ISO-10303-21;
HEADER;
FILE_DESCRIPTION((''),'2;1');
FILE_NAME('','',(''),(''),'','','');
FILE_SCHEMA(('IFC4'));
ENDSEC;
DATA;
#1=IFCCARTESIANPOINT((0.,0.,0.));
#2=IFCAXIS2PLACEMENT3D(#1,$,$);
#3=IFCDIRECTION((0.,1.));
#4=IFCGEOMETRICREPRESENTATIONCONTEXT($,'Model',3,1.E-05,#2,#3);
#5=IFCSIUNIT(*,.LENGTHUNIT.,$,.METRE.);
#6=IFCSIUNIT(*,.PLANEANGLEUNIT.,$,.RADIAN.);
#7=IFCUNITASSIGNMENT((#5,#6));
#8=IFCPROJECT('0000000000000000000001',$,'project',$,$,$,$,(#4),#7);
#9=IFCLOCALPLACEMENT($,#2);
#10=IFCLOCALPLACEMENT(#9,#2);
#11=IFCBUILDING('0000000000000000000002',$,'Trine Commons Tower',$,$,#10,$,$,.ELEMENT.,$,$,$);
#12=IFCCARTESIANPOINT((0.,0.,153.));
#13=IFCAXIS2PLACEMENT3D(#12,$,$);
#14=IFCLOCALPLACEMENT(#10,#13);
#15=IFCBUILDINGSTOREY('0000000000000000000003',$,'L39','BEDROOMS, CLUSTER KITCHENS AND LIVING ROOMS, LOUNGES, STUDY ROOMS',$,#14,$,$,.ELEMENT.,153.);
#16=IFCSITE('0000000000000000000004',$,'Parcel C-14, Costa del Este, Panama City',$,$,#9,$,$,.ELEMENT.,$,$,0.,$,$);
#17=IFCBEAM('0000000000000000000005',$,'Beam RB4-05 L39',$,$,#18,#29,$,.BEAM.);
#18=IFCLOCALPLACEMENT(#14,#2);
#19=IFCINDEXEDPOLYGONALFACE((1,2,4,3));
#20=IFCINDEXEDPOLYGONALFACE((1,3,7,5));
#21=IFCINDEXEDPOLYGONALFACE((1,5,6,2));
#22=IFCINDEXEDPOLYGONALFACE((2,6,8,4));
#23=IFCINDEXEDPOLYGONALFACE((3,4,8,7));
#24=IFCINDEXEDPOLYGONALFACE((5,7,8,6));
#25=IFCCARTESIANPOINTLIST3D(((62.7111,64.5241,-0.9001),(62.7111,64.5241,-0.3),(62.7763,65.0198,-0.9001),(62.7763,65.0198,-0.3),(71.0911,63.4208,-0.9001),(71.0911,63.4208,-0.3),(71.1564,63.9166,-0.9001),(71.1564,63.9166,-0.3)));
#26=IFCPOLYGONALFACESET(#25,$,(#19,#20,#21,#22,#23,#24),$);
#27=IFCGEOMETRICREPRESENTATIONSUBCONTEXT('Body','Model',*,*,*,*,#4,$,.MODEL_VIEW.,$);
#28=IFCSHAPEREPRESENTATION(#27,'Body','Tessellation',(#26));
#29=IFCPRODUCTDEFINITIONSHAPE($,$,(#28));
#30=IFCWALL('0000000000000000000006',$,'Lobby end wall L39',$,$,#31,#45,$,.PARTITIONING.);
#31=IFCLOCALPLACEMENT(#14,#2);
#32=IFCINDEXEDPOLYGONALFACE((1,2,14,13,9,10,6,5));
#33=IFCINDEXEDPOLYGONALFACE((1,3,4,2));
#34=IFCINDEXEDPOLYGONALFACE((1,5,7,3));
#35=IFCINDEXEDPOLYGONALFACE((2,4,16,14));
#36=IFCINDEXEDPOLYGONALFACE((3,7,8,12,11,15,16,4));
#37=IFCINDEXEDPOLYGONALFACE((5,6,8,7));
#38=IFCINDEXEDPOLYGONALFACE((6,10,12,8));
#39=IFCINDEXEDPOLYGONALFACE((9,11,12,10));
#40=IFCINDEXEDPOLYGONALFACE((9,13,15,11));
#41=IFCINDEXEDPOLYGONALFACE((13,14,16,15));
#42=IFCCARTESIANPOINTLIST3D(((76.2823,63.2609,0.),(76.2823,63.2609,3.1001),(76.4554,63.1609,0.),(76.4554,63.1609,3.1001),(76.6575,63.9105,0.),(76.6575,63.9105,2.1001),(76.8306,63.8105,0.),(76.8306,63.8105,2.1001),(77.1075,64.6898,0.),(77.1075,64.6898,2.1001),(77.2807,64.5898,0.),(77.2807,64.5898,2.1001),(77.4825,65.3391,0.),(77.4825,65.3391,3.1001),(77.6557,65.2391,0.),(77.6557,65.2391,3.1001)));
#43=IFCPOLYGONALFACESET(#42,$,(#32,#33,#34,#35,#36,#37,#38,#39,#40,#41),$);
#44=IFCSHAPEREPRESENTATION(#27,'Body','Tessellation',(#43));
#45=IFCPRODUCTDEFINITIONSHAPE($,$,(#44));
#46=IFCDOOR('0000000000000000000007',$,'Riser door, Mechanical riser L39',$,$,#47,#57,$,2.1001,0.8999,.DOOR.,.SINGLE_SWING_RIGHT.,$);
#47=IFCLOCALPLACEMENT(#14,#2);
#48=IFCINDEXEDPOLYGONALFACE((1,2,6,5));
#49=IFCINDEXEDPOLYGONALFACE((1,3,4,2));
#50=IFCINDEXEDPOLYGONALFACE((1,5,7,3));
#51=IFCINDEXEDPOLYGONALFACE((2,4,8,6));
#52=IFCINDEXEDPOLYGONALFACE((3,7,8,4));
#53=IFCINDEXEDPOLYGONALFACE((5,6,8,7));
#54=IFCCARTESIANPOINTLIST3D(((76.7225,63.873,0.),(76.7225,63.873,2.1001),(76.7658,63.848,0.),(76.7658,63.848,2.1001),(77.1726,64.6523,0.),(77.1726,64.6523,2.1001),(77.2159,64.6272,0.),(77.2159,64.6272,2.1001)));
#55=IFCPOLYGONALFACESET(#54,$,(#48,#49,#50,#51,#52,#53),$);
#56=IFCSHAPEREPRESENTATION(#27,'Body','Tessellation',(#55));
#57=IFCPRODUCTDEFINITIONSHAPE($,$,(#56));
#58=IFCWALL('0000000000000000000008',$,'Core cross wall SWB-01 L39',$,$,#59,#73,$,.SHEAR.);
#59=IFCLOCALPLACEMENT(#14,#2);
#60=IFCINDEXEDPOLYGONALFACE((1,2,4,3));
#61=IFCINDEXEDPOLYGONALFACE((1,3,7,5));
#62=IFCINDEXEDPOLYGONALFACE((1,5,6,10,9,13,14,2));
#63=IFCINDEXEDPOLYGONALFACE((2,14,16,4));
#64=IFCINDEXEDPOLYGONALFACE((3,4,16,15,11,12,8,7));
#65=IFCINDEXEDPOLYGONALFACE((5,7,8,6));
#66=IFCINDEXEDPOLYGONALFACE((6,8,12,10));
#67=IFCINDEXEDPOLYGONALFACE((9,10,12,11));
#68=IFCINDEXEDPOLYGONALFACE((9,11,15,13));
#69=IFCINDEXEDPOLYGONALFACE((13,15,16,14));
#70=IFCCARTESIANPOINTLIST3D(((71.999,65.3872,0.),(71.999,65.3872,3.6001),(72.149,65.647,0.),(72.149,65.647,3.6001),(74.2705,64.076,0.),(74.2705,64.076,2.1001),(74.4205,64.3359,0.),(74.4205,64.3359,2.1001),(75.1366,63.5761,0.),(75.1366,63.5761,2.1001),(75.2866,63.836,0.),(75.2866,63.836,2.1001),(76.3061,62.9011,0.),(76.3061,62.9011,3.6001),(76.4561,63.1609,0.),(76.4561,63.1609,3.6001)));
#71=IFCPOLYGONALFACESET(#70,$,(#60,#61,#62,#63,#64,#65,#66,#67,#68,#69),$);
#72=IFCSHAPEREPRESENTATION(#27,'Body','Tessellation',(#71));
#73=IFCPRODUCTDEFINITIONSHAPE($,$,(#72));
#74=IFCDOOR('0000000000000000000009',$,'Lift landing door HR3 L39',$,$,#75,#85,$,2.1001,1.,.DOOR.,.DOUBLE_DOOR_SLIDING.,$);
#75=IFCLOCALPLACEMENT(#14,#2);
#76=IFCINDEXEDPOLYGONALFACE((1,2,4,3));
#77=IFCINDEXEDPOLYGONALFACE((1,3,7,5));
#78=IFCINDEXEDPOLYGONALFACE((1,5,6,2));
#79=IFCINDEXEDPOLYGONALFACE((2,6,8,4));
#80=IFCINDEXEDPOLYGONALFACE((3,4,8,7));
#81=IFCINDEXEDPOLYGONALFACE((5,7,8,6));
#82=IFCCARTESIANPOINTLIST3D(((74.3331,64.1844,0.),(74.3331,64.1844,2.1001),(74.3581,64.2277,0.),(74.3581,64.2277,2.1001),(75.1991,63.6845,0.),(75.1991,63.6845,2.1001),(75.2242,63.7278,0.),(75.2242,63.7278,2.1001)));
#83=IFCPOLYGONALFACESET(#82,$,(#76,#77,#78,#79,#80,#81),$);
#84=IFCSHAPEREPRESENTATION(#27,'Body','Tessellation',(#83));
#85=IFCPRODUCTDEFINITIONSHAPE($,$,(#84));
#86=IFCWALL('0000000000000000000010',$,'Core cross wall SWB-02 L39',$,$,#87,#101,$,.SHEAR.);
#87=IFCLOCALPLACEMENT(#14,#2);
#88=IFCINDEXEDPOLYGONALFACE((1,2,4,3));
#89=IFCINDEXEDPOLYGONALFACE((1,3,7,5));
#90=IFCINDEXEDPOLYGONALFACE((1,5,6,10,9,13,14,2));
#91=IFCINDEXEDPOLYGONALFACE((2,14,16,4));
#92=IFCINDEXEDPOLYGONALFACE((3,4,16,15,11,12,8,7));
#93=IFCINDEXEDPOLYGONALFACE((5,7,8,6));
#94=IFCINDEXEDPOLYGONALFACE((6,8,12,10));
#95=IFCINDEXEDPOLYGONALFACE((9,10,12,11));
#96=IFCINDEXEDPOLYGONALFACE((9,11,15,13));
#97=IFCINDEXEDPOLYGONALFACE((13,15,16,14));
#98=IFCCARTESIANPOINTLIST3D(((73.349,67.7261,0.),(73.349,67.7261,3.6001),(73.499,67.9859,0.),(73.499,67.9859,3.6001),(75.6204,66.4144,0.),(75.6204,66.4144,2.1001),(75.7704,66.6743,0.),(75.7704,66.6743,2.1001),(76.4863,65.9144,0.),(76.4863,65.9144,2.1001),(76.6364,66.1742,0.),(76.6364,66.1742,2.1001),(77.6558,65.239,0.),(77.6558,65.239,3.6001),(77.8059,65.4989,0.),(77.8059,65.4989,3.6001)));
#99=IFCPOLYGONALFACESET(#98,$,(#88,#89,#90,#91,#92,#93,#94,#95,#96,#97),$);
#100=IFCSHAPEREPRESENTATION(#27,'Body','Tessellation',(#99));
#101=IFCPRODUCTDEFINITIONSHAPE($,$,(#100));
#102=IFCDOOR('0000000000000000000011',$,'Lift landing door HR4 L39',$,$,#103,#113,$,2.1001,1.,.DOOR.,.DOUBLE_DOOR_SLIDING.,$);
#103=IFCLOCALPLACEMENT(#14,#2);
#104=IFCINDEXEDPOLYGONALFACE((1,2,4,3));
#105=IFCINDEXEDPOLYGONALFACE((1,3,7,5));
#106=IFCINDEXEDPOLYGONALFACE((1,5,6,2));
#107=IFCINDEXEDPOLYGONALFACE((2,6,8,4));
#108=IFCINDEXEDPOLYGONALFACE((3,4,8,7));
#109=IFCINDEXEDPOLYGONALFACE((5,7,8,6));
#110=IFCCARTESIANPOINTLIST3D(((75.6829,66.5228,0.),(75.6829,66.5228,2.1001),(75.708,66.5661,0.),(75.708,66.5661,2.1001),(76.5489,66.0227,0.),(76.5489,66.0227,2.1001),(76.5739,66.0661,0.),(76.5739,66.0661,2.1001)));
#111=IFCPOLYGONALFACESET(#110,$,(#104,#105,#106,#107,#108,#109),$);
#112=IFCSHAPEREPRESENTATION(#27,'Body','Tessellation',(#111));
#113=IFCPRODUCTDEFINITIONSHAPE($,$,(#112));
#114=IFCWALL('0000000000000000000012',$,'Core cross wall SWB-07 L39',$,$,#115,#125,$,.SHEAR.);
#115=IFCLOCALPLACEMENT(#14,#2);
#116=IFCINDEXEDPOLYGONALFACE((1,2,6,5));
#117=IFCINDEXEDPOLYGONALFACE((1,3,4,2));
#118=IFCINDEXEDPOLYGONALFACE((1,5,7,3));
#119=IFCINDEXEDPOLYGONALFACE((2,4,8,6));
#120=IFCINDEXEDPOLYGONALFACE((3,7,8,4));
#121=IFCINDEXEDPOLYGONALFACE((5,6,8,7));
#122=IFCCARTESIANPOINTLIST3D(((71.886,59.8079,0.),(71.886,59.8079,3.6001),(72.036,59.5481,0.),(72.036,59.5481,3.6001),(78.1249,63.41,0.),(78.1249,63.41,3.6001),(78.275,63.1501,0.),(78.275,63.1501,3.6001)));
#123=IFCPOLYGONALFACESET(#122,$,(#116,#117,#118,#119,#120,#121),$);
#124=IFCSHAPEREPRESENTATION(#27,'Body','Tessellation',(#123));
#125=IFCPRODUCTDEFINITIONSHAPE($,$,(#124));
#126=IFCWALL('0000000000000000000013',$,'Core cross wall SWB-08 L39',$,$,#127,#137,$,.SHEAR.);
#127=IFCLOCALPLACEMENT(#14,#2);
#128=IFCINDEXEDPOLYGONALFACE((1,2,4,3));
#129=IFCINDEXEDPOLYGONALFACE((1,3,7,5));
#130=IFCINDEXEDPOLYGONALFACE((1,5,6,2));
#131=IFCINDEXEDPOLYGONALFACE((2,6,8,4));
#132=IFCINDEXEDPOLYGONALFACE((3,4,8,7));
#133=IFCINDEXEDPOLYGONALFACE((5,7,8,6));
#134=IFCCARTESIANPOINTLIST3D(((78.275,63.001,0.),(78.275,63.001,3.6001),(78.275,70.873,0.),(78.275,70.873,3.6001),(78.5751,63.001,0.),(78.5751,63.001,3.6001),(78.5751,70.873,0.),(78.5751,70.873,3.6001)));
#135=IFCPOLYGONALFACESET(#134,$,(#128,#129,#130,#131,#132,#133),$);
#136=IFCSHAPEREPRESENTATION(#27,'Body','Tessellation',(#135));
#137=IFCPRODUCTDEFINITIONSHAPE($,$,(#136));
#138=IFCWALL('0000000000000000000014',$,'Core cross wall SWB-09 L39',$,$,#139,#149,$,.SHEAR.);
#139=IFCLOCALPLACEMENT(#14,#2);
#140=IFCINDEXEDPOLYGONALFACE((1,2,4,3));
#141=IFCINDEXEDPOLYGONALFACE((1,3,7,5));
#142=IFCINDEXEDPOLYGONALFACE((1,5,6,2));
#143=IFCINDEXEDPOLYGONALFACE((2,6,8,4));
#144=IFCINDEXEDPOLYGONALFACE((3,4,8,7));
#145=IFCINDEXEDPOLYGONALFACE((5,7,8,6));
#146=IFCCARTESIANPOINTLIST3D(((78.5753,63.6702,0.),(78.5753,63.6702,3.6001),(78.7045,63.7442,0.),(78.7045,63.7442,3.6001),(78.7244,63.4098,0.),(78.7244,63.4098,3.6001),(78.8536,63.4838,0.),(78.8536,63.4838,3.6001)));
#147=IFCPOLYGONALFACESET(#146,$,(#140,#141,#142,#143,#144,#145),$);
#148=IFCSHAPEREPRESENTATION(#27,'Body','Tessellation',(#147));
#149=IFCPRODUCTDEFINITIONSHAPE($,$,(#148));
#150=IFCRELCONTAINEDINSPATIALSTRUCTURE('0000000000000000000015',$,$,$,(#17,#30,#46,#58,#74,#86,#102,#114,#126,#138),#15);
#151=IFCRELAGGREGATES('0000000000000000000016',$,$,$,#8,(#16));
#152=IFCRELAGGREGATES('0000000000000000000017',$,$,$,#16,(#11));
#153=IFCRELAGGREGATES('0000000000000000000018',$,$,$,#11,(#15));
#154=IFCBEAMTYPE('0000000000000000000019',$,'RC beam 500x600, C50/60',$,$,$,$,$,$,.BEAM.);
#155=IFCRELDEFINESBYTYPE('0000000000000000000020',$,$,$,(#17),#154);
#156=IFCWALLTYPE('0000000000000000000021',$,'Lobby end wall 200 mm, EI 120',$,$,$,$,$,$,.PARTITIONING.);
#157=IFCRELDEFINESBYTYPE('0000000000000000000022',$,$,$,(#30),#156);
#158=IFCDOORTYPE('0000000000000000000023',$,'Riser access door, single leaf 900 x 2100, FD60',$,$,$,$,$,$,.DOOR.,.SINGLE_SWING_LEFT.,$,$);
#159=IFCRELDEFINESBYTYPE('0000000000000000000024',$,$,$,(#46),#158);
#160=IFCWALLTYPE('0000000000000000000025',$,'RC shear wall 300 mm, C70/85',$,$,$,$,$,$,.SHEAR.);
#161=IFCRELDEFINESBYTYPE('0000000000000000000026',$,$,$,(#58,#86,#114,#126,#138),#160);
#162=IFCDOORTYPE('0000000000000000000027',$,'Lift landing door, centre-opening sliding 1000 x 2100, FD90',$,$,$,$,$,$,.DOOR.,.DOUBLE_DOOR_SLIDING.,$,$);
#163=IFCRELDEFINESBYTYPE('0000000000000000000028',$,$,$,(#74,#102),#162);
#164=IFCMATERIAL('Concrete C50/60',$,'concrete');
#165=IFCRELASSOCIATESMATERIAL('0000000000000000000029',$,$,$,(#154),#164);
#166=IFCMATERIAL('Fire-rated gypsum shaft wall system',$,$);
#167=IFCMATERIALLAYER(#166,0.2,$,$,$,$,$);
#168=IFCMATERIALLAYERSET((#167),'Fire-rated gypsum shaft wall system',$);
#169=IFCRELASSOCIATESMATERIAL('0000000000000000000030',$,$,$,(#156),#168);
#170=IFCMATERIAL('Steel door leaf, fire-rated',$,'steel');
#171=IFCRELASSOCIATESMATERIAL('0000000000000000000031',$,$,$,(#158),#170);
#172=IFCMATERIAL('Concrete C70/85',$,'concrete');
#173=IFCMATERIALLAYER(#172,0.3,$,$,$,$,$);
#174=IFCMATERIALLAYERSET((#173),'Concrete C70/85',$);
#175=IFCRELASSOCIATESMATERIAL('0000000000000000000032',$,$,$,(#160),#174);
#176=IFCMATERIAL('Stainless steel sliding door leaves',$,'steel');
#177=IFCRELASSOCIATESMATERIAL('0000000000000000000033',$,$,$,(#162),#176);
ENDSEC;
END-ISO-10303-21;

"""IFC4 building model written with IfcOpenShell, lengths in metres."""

from ifc_helpers import new_model, si_unit, direction, frame, frame_2d, origin, origin_2d, place, context, subcontext, project, spatial, rectangle, extrude, material, layer, layer_set, material_profile, profile_set, type_object, element, fill, save


model = new_model("IFC4")

# Units and contexts
model_context = context("Model", 3, precision=1e-05, world=origin(), true_north=direction((0.0, 1.0)))
body_context = subcontext(model_context, "Body", "Model", "MODEL_VIEW")
ifc_project = project(units=[si_unit("LENGTHUNIT", "METRE"), si_unit("PLANEANGLEUNIT", "RADIAN")], contexts=[model_context])

# Site, building, storey
site_placement = place(None, origin())
site = spatial("IfcSite", under=ifc_project, at=site_placement, Name="Parcel C-14, Costa del Este, Panama City", CompositionType="ELEMENT", RefElevation=0.0)
building_placement = place(site_placement, origin())
building = spatial("IfcBuilding", under=site, at=building_placement, Name="Trine Commons Tower", CompositionType="ELEMENT")
storey_placement = place(building_placement, frame((0.0, 0.0, 153.0)))
storey = spatial("IfcBuildingStorey", under=building, at=storey_placement, Name="L39", Description="BEDROOMS, CLUSTER KITCHENS AND LIVING ROOMS, LOUNGES, STUDY ROOMS", CompositionType="ELEMENT", Elevation=153.0)

# Beam
ifc_material_1 = material(Name="Concrete C50/60", Category="concrete")
ifc_material_profile = material_profile(ifc_material_1, rectangle(XDim=0.5, YDim=0.6001, at=origin_2d()), Name="RC 500x600")
ifc_profile_set = profile_set([ifc_material_profile], Name="Concrete C50/60")
beam_type = type_object("IfcBeamType", Name="RC beam 500x600, C50/60", PredefinedType="BEAM", material=ifc_profile_set)
beam_placement = place(storey_placement, frame((71.1238, 63.6687, -0.6001), z_axis=(-0.991445, 0.130527, 0.0), x_axis=(-0.130527, -0.991445, 0.0)))
element("IfcBeam", 1, at=beam_placement, inside=storey, type_object=beam_type, Name="Beam RB4-05 L39", PredefinedType="BEAM", context=body_context, shape_type="SweptSolid", body=[
    extrude(rectangle(XDim=0.5, YDim=0.6001, at=origin_2d()), origin(), (0.0, 0.0, 1.0), 8.4524),
])

# Walls, openings, doors
ifc_material_2 = material(Name="Fire-rated gypsum shaft wall system")
ifc_layer_1 = layer(ifc_material_2, 0.2)
ifc_layer_set_1 = layer_set([ifc_layer_1], Name="Fire-rated gypsum shaft wall system")
wall_type_1 = type_object("IfcWallType", Name="Lobby end wall 200 mm, EI 120", PredefinedType="PARTITIONING", material=ifc_layer_set_1)
wall_1_placement = place(storey_placement, frame((77.5691, 65.2891, 0.0), z_axis=(0.0, 0.0, 1.0), x_axis=(-0.500122, -0.865955, 0.0)))
wall_1 = element("IfcWall", 2, at=wall_1_placement, inside=storey, type_object=wall_type_1, Name="Lobby end wall L39", PredefinedType="PARTITIONING", context=body_context, shape_type="SweptSolid", body=[
    extrude(rectangle(XDim=2.3999, YDim=0.2, at=frame_2d((1.2, 0.0))), origin(), (0.0, 0.0, 1.0), 3.1001),
])
opening_1_placement = place(wall_1_placement, frame((0.7498, 0.0, 0.0)))
opening_1 = element("IfcOpeningElement", 3, at=opening_1_placement, cuts=wall_1, PredefinedType="OPENING", context=body_context, shape_type="SweptSolid", body=[
    extrude(rectangle(XDim=0.8999, YDim=2.1001, at=frame_2d((0.45, 1.05))), frame((0.0, 0.1099, 0.0), z_axis=(0.0, -1.0, 0.0), x_axis=(1.0, 0.0, 0.0)), (0.0, 0.0, 1.0), 0.22),
])
ifc_material_3 = material(Name="Steel door leaf, fire-rated", Category="steel")
door_type_1 = type_object("IfcDoorType", Name="Riser access door, single leaf 900 x 2100, FD60", OperationType="SINGLE_SWING_LEFT", PredefinedType="DOOR", material=ifc_material_3)
door_1_placement = place(opening_1_placement, frame((0.8999, 0.0, 0.0), z_axis=(0.0, 0.0, 1.0), x_axis=(-1.0, 0.0, 0.0)))
door_1 = element("IfcDoor", 4, at=door_1_placement, inside=storey, type_object=door_type_1, Name="Riser door, Mechanical riser L39", OperationType="SINGLE_SWING_RIGHT", OverallHeight=2.1001, OverallWidth=0.8999, PredefinedType="DOOR", context=body_context, shape_type="SweptSolid", body=[
    extrude(rectangle(XDim=0.8999, YDim=2.1001, at=frame_2d((0.45, 1.05))), frame((0.0, 0.0249, 0.0), z_axis=(0.0, -1.0, 0.0), x_axis=(1.0, 0.0, 0.0)), (0.0, 0.0, 1.0), 0.05),
])
fill(opening_1, door_1)
ifc_material_4 = material(Name="Concrete C70/85", Category="concrete")
ifc_layer_2 = layer(ifc_material_4, 0.3)
ifc_layer_set_2 = layer_set([ifc_layer_2], Name="Concrete C70/85")
wall_type_2 = type_object("IfcWallType", Name="RC shear wall 300 mm, C70/85", PredefinedType="SHEAR", material=ifc_layer_set_2)
wall_2_placement = place(storey_placement, frame((76.3811, 63.031, 0.0), z_axis=(0.0, 0.0, 1.0), x_axis=(-0.866081, 0.499904, 0.0)))
wall_2 = element("IfcWall", 5, at=wall_2_placement, inside=storey, type_object=wall_type_2, Name="Core cross wall SWB-01 L39", PredefinedType="SHEAR", context=body_context, shape_type="SweptSolid", body=[
    extrude(rectangle(XDim=4.9731, YDim=0.3, at=frame_2d((2.4866, 0.0))), origin(), (0.0, 0.0, 1.0), 3.6001),
])
opening_2_placement = place(wall_2_placement, frame((1.3503, 0.0, 0.0)))
opening_2 = element("IfcOpeningElement", 6, at=opening_2_placement, cuts=wall_2, PredefinedType="OPENING", context=body_context, shape_type="SweptSolid", body=[
    extrude(rectangle(XDim=1.0, YDim=2.1001, at=frame_2d((0.5, 1.05))), frame((0.0, 0.1599, 0.0), z_axis=(0.0, -1.0, 0.0), x_axis=(1.0, 0.0, 0.0)), (0.0, 0.0, 1.0), 0.3201),
])
ifc_material_5 = material(Name="Stainless steel sliding door leaves", Category="steel")
door_type_2 = type_object("IfcDoorType", Name="Lift landing door, centre-opening sliding 1000 x 2100, FD90", OperationType="DOUBLE_DOOR_SLIDING", PredefinedType="DOOR", material=ifc_material_5)
door_2_placement = place(opening_2_placement, origin())
door_2 = element("IfcDoor", 7, at=door_2_placement, inside=storey, type_object=door_type_2, Name="Lift landing door HR3 L39", OperationType="DOUBLE_DOOR_SLIDING", OverallHeight=2.1001, OverallWidth=1.0, PredefinedType="DOOR", context=body_context, shape_type="SweptSolid", body=[
    extrude(rectangle(XDim=1.0, YDim=2.1001, at=frame_2d((0.5, 1.05))), frame((0.0, 0.0249, 0.0), z_axis=(0.0, -1.0, 0.0), x_axis=(1.0, 0.0, 0.0)), (0.0, 0.0, 1.0), 0.05),
])
fill(opening_2, door_2)
wall_3_placement = place(storey_placement, frame((77.731, 65.3689, 0.0), z_axis=(0.0, 0.0, 1.0), x_axis=(-0.865984, 0.500072, 0.0)))
wall_3 = element("IfcWall", 8, at=wall_3_placement, inside=storey, type_object=wall_type_2, Name="Core cross wall SWB-02 L39", PredefinedType="SHEAR", context=body_context, shape_type="SweptSolid", body=[
    extrude(rectangle(XDim=4.9734, YDim=0.3, at=frame_2d((2.4868, 0.0))), origin(), (0.0, 0.0, 1.0), 3.6001),
])
opening_3_placement = place(wall_3_placement, frame((1.3506, 0.0, 0.0)))
opening_3 = element("IfcOpeningElement", 9, at=opening_3_placement, cuts=wall_3, PredefinedType="OPENING", context=body_context, shape_type="SweptSolid", body=[
    extrude(rectangle(XDim=1.0, YDim=2.1001, at=frame_2d((0.5, 1.05))), frame((0.0, 0.1599, 0.0), z_axis=(0.0, -1.0, 0.0), x_axis=(1.0, 0.0, 0.0)), (0.0, 0.0, 1.0), 0.3201),
])
door_3_placement = place(opening_3_placement, origin())
door_3 = element("IfcDoor", 10, at=door_3_placement, inside=storey, type_object=door_type_2, Name="Lift landing door HR4 L39", OperationType="DOUBLE_DOOR_SLIDING", OverallHeight=2.1001, OverallWidth=1.0, PredefinedType="DOOR", context=body_context, shape_type="SweptSolid", body=[
    extrude(rectangle(XDim=1.0, YDim=2.1001, at=frame_2d((0.5, 1.05))), frame((0.0, 0.0249, 0.0), z_axis=(0.0, -1.0, 0.0), x_axis=(1.0, 0.0, 0.0)), (0.0, 0.0, 1.0), 0.05),
])
fill(opening_3, door_3)

# Walls
wall_4_placement = place(storey_placement, frame((78.2, 63.28, 0.0), z_axis=(0.0, 0.0, 1.0), x_axis=(-0.866028, -0.499995, 0.0)))
element("IfcWall", 11, at=wall_4_placement, inside=storey, type_object=wall_type_2, Name="Core cross wall SWB-07 L39", PredefinedType="SHEAR", context=body_context, shape_type="SweptSolid", body=[
    extrude(rectangle(XDim=7.2041, YDim=0.3, at=frame_2d((3.6021, 0.0))), origin(), (0.0, 0.0, 1.0), 3.6001),
])
wall_5_placement = place(storey_placement, frame((78.425, 63.001, 0.0), z_axis=(0.0, 0.0, 1.0), x_axis=(0.0, 1.0, 0.0)))
element("IfcWall", 12, at=wall_5_placement, inside=storey, type_object=wall_type_2, Name="Core cross wall SWB-08 L39", PredefinedType="SHEAR", context=body_context, shape_type="SweptSolid", body=[
    extrude(rectangle(XDim=7.8721, YDim=0.3, at=frame_2d((3.936, 0.0))), origin(), (0.0, 0.0, 1.0), 3.6001),
])
wall_6_placement = place(storey_placement, frame((78.7791, 63.614, 0.0), z_axis=(0.0, 0.0, 1.0), x_axis=(-0.867738, -0.497022, 0.0)))
element("IfcWall", 13, at=wall_6_placement, inside=storey, type_object=wall_type_2, Name="Core cross wall SWB-09 L39", PredefinedType="SHEAR", context=body_context, shape_type="SweptSolid", body=[
    extrude(rectangle(XDim=0.1489, YDim=0.3, at=frame_2d((0.0745, 0.0))), origin(), (0.0, 0.0, 1.0), 3.6001),
])

save(model, "model.ifc")
